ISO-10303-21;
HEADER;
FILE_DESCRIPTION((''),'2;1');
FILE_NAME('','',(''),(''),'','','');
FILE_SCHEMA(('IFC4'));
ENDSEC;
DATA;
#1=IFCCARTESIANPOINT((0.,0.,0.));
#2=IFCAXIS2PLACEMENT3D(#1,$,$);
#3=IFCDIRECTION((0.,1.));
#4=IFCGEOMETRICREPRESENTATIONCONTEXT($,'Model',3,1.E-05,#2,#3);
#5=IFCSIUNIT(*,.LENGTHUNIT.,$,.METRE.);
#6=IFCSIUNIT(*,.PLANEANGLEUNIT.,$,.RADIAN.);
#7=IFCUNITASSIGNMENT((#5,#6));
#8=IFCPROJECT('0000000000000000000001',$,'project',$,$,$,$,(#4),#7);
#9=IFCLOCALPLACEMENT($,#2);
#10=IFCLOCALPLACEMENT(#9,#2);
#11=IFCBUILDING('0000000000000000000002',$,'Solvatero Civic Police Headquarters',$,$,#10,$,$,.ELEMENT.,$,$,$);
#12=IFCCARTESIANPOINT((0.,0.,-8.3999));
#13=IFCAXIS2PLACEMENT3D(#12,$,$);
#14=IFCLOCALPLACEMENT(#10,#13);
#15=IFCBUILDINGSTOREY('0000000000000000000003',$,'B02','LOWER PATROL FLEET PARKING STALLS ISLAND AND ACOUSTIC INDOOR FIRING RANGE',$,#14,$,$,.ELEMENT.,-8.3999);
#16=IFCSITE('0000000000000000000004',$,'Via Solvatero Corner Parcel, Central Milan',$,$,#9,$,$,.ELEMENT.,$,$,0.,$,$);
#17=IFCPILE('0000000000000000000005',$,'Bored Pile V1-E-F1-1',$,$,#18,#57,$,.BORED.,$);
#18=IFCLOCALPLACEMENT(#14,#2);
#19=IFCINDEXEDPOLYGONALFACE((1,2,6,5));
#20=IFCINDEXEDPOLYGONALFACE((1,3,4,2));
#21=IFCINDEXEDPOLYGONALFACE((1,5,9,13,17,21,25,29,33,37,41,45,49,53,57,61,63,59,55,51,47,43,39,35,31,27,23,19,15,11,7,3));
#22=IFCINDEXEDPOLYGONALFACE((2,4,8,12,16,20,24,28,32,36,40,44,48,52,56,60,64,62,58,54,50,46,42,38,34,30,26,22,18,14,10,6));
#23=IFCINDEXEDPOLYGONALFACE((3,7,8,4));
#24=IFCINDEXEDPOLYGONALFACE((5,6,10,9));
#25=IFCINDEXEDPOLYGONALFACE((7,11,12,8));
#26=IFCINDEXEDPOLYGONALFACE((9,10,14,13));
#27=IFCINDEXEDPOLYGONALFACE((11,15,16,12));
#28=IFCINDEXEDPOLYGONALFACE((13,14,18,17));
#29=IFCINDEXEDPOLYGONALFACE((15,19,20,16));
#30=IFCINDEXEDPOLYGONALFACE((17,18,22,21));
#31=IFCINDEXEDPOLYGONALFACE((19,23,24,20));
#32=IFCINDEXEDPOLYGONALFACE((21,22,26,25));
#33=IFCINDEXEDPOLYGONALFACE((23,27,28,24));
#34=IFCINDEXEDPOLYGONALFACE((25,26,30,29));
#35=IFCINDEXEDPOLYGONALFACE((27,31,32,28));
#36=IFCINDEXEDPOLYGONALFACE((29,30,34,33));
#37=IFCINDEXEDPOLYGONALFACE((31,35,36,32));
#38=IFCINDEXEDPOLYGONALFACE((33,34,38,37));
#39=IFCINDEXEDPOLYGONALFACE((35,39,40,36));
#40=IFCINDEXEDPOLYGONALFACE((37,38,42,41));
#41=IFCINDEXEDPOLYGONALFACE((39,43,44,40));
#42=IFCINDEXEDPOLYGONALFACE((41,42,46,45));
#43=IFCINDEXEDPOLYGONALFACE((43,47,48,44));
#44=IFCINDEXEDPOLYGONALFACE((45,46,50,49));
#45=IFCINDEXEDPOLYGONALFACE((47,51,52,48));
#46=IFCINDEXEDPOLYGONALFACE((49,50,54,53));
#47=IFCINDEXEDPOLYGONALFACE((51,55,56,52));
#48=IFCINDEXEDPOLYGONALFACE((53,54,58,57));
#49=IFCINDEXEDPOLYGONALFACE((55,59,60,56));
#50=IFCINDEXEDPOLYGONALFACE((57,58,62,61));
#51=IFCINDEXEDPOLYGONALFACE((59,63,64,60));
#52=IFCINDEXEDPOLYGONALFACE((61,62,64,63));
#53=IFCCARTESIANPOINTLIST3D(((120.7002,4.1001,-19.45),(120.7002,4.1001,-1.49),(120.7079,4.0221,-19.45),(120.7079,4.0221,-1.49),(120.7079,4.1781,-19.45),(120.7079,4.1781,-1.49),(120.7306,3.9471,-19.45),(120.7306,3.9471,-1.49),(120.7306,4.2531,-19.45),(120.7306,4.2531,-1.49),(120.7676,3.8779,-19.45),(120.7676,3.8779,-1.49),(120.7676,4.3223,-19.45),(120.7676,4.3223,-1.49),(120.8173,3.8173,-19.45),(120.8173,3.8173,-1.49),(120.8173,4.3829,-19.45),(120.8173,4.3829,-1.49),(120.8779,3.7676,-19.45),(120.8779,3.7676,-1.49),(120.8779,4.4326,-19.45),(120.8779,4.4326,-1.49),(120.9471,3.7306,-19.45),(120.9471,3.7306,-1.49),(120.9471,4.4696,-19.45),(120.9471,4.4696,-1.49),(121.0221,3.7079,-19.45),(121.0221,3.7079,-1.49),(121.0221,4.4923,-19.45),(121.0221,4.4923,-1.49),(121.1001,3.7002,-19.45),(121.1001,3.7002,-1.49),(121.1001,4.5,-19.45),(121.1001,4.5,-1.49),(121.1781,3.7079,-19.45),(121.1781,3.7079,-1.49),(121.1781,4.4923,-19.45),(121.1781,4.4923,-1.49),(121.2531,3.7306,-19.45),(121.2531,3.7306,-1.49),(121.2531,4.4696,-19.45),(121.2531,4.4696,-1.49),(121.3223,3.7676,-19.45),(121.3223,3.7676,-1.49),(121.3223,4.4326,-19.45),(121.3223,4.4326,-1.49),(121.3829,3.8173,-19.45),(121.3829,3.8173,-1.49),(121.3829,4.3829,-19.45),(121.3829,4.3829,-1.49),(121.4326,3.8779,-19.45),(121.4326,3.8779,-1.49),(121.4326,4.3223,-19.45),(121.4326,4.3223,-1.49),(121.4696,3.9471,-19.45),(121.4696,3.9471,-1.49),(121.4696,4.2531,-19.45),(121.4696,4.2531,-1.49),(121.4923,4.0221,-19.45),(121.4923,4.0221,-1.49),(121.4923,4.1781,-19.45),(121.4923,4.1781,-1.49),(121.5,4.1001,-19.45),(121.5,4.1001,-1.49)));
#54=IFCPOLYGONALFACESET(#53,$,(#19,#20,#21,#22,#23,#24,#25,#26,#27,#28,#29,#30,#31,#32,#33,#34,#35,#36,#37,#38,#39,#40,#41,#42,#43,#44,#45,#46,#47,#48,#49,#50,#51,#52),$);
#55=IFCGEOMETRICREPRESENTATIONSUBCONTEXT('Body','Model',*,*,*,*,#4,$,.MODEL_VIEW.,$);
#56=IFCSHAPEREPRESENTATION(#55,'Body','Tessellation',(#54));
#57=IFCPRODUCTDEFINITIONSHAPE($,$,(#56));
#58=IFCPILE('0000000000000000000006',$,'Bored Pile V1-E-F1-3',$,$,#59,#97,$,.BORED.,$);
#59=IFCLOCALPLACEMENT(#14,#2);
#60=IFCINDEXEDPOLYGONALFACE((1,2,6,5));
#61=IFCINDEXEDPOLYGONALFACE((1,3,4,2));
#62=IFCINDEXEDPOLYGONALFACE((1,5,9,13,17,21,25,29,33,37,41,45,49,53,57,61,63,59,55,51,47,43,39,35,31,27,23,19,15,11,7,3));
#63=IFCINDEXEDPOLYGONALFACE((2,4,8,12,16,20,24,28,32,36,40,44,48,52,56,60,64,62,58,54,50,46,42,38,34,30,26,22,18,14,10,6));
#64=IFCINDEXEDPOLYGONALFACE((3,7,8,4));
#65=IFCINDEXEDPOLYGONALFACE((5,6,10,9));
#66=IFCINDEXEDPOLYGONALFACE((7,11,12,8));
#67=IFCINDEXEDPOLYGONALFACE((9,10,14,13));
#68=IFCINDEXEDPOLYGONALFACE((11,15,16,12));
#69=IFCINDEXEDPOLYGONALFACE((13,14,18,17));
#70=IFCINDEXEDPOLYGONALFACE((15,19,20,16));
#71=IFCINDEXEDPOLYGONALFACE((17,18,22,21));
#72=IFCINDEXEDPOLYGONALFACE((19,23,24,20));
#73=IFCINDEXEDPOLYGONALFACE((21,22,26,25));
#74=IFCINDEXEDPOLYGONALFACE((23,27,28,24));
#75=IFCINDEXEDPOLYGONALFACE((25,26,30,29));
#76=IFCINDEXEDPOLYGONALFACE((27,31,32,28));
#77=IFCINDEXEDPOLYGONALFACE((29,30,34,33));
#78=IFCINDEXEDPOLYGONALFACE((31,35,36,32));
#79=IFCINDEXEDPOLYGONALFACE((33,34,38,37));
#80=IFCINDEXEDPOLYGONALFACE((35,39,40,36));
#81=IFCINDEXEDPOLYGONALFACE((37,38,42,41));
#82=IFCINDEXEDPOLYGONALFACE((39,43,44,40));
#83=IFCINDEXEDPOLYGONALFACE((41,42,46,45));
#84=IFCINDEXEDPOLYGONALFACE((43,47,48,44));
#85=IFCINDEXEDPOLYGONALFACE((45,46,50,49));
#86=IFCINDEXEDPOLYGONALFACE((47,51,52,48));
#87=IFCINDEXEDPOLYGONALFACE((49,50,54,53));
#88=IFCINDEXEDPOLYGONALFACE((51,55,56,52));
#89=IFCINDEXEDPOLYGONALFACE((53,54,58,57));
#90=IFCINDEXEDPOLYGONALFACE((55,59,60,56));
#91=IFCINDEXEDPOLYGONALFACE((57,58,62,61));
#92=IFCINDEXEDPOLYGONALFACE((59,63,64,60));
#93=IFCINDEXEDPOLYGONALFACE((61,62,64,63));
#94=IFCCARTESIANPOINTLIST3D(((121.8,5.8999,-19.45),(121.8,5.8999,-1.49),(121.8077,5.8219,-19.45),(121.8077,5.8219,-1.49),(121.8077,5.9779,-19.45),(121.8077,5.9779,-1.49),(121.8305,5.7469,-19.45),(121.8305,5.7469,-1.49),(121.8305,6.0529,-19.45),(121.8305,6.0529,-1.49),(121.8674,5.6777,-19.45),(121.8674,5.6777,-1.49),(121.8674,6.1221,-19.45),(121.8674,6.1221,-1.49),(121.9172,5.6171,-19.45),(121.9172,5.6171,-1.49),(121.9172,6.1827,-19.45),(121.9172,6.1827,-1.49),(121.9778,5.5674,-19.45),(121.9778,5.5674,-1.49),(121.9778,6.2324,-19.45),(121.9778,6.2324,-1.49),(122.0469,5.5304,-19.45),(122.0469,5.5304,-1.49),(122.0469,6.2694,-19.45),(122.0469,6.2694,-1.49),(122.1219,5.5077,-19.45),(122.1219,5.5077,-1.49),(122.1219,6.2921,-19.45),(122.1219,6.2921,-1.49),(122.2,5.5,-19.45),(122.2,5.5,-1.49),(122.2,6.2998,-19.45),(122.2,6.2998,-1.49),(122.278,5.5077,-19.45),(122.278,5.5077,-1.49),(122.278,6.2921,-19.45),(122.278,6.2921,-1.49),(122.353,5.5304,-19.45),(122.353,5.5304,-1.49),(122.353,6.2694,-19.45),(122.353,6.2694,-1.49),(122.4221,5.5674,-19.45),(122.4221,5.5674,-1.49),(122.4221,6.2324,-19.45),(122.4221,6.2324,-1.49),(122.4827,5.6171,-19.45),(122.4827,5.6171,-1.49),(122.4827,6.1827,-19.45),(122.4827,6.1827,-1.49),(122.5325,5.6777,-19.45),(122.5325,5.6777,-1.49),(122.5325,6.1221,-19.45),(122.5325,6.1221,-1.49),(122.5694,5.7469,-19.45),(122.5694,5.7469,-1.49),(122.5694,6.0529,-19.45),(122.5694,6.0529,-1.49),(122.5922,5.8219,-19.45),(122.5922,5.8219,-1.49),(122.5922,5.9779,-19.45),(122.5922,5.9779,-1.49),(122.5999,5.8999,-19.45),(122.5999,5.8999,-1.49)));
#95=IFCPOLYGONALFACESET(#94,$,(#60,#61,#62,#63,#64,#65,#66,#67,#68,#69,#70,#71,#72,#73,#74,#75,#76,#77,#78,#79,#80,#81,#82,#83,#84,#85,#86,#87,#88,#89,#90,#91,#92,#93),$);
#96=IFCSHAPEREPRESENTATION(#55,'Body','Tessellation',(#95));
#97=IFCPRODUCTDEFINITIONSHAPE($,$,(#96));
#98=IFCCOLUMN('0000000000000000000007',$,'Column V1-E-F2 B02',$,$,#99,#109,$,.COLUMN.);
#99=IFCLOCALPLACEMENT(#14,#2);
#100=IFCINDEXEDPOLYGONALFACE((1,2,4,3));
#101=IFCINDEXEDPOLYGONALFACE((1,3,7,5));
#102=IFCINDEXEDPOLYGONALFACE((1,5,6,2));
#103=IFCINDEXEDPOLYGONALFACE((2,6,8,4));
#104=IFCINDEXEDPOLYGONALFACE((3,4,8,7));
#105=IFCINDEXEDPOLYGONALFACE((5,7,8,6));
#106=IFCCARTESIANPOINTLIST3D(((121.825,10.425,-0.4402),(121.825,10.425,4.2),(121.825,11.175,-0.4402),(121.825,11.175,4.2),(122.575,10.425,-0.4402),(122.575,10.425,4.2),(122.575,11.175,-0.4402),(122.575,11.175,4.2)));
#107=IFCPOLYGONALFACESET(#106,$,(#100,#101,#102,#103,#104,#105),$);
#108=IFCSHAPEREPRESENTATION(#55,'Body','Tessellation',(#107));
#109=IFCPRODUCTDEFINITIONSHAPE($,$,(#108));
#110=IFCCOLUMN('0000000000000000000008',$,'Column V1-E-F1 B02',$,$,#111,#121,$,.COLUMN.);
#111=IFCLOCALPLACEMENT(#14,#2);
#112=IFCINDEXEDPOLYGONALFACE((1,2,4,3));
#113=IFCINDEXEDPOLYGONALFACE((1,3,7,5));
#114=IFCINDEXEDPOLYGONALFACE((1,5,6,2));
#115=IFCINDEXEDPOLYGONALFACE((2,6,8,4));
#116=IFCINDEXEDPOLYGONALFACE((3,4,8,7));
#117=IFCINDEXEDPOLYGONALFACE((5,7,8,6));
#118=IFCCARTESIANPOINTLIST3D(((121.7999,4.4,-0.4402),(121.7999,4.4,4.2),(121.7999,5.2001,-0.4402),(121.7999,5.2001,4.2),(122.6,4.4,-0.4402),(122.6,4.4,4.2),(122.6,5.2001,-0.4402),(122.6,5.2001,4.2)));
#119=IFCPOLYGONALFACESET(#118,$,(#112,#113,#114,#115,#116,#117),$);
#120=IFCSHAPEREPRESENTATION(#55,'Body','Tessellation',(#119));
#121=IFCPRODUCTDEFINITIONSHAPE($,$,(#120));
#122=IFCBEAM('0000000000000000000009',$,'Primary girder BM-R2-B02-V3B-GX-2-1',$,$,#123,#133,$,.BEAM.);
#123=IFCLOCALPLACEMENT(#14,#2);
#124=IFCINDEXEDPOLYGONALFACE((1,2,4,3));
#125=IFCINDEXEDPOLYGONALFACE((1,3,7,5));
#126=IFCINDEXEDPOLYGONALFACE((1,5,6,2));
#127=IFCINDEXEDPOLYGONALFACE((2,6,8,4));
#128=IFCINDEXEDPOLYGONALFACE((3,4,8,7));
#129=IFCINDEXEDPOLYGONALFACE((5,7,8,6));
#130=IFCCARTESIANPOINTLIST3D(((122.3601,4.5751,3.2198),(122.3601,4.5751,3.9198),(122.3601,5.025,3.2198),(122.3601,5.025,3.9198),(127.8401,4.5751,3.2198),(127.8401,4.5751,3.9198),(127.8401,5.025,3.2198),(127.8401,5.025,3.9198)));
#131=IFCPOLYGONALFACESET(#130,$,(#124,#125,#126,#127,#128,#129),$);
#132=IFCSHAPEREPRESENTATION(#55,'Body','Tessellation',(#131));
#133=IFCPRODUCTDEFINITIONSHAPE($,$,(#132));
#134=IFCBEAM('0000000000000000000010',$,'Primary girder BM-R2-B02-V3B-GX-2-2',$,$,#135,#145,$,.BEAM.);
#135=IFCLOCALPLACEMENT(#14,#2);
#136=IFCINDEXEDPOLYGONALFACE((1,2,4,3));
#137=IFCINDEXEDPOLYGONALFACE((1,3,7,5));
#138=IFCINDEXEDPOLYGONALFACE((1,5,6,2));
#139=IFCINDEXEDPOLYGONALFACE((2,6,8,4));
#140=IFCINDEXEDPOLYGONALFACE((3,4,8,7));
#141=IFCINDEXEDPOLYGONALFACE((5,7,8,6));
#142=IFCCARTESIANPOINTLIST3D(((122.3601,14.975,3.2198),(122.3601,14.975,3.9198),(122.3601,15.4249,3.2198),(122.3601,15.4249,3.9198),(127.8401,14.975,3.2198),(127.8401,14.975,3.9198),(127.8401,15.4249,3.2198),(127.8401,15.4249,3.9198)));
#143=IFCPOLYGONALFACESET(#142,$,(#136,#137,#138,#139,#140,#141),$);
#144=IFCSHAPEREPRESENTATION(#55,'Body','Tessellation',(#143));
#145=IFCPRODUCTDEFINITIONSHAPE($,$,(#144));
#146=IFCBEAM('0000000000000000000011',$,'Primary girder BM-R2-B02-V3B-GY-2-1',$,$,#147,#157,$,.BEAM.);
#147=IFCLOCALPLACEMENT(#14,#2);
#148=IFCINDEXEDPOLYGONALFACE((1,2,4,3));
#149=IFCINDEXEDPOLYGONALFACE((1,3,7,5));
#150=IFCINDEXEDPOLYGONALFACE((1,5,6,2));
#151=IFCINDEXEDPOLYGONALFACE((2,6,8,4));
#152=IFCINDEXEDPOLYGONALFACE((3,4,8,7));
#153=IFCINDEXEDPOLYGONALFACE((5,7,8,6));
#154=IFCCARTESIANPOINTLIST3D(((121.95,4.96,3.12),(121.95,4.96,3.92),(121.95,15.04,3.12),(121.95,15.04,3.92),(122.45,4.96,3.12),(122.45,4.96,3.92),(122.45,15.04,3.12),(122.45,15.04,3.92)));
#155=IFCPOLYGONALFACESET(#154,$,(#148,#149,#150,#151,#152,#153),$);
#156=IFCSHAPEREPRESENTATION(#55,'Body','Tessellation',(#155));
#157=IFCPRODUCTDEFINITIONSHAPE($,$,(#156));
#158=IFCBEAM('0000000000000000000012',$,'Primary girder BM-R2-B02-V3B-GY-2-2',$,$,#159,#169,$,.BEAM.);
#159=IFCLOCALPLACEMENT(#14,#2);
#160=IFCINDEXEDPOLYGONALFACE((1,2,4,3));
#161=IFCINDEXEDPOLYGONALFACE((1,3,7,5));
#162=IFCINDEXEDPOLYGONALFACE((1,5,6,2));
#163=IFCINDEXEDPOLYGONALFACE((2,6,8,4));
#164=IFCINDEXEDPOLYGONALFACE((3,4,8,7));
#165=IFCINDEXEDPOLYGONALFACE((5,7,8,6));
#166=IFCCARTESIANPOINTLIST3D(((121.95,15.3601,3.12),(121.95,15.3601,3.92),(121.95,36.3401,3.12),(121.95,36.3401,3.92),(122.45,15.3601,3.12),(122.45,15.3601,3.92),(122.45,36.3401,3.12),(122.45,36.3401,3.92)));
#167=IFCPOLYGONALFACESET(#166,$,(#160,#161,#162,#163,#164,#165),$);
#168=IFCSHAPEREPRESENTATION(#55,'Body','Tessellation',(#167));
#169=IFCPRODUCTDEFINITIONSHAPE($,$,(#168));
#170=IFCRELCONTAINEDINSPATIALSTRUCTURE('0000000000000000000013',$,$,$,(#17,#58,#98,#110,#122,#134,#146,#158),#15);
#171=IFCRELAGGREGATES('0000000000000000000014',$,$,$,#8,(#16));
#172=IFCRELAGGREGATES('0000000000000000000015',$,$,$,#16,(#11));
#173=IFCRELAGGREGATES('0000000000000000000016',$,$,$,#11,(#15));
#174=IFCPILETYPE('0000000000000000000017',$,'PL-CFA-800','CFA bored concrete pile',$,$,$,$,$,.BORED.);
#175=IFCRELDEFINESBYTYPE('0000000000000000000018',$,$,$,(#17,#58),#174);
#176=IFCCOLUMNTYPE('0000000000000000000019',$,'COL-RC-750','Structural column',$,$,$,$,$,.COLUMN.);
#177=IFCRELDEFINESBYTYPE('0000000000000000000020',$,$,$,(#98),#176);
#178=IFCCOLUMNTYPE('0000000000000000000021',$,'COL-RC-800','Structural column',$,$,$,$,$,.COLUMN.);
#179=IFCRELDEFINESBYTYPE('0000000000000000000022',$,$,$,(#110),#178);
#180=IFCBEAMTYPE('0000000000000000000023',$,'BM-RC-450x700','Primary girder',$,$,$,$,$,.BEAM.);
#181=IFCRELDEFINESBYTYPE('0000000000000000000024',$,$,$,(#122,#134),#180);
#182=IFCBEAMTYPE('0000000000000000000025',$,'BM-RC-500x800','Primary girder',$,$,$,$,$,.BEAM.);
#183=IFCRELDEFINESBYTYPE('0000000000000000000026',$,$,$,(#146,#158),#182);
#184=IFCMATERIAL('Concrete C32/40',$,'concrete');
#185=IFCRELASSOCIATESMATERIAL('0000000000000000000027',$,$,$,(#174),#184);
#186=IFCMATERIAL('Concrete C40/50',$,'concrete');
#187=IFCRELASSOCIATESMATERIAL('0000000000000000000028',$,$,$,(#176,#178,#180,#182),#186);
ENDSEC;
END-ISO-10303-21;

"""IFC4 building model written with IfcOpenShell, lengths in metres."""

from ifc_helpers import new_model, si_unit, direction, frame, origin, origin_2d, place, context, subcontext, project, spatial, rectangle, circle, extrude, material, material_profile, profile_set, type_object, element, save


model = new_model("IFC4")

# Units and contexts
model_context = context("Model", 3, precision=1e-05, world=origin(), true_north=direction((0.0, 1.0)))
body_context = subcontext(model_context, "Body", "Model", "MODEL_VIEW")
ifc_project = project(units=[si_unit("LENGTHUNIT", "METRE"), si_unit("PLANEANGLEUNIT", "RADIAN")], contexts=[model_context])

# Site, building, storey
site_placement = place(None, origin())
site = spatial("IfcSite", under=ifc_project, at=site_placement, Name="Via Solvatero Corner Parcel, Central Milan", CompositionType="ELEMENT", RefElevation=0.0)
building_placement = place(site_placement, origin())
building = spatial("IfcBuilding", under=site, at=building_placement, Name="Solvatero Civic Police Headquarters", CompositionType="ELEMENT")
storey_placement = place(building_placement, frame((0.0, 0.0, -8.3999)))
storey = spatial("IfcBuildingStorey", under=building, at=storey_placement, Name="B02", Description="LOWER PATROL FLEET PARKING STALLS ISLAND AND ACOUSTIC INDOOR FIRING RANGE", CompositionType="ELEMENT", Elevation=-8.3999)

# Piles
ifc_material_1 = material(Name="Concrete C32/40", Category="concrete")
ifc_material_profile_1 = material_profile(ifc_material_1, circle(Radius=0.3999, at=origin_2d()), Name="CFA PILE D800")
ifc_profile_set_1 = profile_set([ifc_material_profile_1], Name="Concrete C32/40")
pile_type_1 = type_object("IfcPileType", Name="PL-CFA-800", Description="CFA bored concrete pile", PredefinedType="BORED", material=ifc_profile_set_1)
for number, where, z_axis, x_axis, name in (
    (1, (121.1001, 4.1001, -1.49), (0.0, 0.0, -1.0), (1.0, 0.0, 0.0), "Bored Pile V1-E-F1-1"),
    (2, (122.2, 5.8999, -1.49), (0.0, 0.0, -1.0), (1.0, 0.0, 0.0), "Bored Pile V1-E-F1-3"),
):
    element("IfcPile", number, at=place(storey_placement, frame(where, z_axis=z_axis, x_axis=x_axis)), inside=storey, type_object=pile_type_1, Name=name, PredefinedType="BORED", context=body_context, shape_type="SweptSolid", body=[
        extrude(circle(Radius=0.3999, at=origin_2d()), origin(), (0.0, 0.0, 1.0), 17.96),
    ])

# Columns
ifc_material_2 = material(Name="Concrete C40/50", Category="concrete")
ifc_material_profile_2 = material_profile(ifc_material_2, rectangle(XDim=0.75, YDim=0.75, at=origin_2d()), Name="RC 750x750")
ifc_profile_set_2 = profile_set([ifc_material_profile_2], Name="Concrete C40/50")
column_type_1 = type_object("IfcColumnType", Name="COL-RC-750", Description="Structural column", PredefinedType="COLUMN", material=ifc_profile_set_2)
column_1_placement = place(storey_placement, frame((122.2, 10.8, -0.4402), z_axis=(0.0, 0.0, 1.0), x_axis=(1.0, 0.0, 0.0)))
element("IfcColumn", 3, at=column_1_placement, inside=storey, type_object=column_type_1, Name="Column V1-E-F2 B02", PredefinedType="COLUMN", context=body_context, shape_type="SweptSolid", body=[
    extrude(rectangle(XDim=0.75, YDim=0.75, at=origin_2d()), origin(), (0.0, 0.0, 1.0), 4.6401),
])
ifc_material_profile_3 = material_profile(ifc_material_2, rectangle(XDim=0.8, YDim=0.8, at=origin_2d()), Name="RC 800x800")
ifc_profile_set_3 = profile_set([ifc_material_profile_3], Name="Concrete C40/50")
column_type_2 = type_object("IfcColumnType", Name="COL-RC-800", Description="Structural column", PredefinedType="COLUMN", material=ifc_profile_set_3)
column_2_placement = place(storey_placement, frame((122.2, 4.8, -0.4402), z_axis=(0.0, 0.0, 1.0), x_axis=(1.0, 0.0, 0.0)))
element("IfcColumn", 4, at=column_2_placement, inside=storey, type_object=column_type_2, Name="Column V1-E-F1 B02", PredefinedType="COLUMN", context=body_context, shape_type="SweptSolid", body=[
    extrude(rectangle(XDim=0.8, YDim=0.8, at=origin_2d()), origin(), (0.0, 0.0, 1.0), 4.6401),
])

# Beams
ifc_material_profile_4 = material_profile(ifc_material_2, rectangle(XDim=0.45, YDim=0.7, at=origin_2d()), Name="RC 450x700")
ifc_profile_set_4 = profile_set([ifc_material_profile_4], Name="Concrete C40/50")
beam_type_1 = type_object("IfcBeamType", Name="BM-RC-450x700", Description="Primary girder", PredefinedType="BEAM", material=ifc_profile_set_4)
for number, where, z_axis, x_axis, name in (
    (5, (122.3601, 4.8, 3.5698), (1.0, 0.0, 0.0), (0.0, 1.0, 0.0), "Primary girder BM-R2-B02-V3B-GX-2-1"),
    (6, (122.3601, 15.2, 3.5698), (1.0, 0.0, 0.0), (0.0, 1.0, 0.0), "Primary girder BM-R2-B02-V3B-GX-2-2"),
):
    element("IfcBeam", number, at=place(storey_placement, frame(where, z_axis=z_axis, x_axis=x_axis)), inside=storey, type_object=beam_type_1, Name=name, PredefinedType="BEAM", context=body_context, shape_type="SweptSolid", body=[
        extrude(rectangle(XDim=0.45, YDim=0.7, at=origin_2d()), origin(), (0.0, 0.0, 1.0), 5.48),
    ])
ifc_material_profile_5 = material_profile(ifc_material_2, rectangle(XDim=0.5, YDim=0.8, at=origin_2d()), Name="RC 500x800")
ifc_profile_set_5 = profile_set([ifc_material_profile_5], Name="Concrete C40/50")
beam_type_2 = type_object("IfcBeamType", Name="BM-RC-500x800", Description="Primary girder", PredefinedType="BEAM", material=ifc_profile_set_5)
beam_1_placement = place(storey_placement, frame((122.2, 4.96, 3.52), z_axis=(0.0, 1.0, 0.0), x_axis=(-1.0, 0.0, 0.0)))
element("IfcBeam", 7, at=beam_1_placement, inside=storey, type_object=beam_type_2, Name="Primary girder BM-R2-B02-V3B-GY-2-1", PredefinedType="BEAM", context=body_context, shape_type="SweptSolid", body=[
    extrude(rectangle(XDim=0.5, YDim=0.8, at=origin_2d()), origin(), (0.0, 0.0, 1.0), 10.0801),
])
beam_2_placement = place(storey_placement, frame((122.2, 15.3601, 3.52), z_axis=(0.0, 1.0, 0.0), x_axis=(-1.0, 0.0, 0.0)))
element("IfcBeam", 8, at=beam_2_placement, inside=storey, type_object=beam_type_2, Name="Primary girder BM-R2-B02-V3B-GY-2-2", PredefinedType="BEAM", context=body_context, shape_type="SweptSolid", body=[
    extrude(rectangle(XDim=0.5, YDim=0.8, at=origin_2d()), origin(), (0.0, 0.0, 1.0), 20.98),
])

save(model, "model.ifc")
